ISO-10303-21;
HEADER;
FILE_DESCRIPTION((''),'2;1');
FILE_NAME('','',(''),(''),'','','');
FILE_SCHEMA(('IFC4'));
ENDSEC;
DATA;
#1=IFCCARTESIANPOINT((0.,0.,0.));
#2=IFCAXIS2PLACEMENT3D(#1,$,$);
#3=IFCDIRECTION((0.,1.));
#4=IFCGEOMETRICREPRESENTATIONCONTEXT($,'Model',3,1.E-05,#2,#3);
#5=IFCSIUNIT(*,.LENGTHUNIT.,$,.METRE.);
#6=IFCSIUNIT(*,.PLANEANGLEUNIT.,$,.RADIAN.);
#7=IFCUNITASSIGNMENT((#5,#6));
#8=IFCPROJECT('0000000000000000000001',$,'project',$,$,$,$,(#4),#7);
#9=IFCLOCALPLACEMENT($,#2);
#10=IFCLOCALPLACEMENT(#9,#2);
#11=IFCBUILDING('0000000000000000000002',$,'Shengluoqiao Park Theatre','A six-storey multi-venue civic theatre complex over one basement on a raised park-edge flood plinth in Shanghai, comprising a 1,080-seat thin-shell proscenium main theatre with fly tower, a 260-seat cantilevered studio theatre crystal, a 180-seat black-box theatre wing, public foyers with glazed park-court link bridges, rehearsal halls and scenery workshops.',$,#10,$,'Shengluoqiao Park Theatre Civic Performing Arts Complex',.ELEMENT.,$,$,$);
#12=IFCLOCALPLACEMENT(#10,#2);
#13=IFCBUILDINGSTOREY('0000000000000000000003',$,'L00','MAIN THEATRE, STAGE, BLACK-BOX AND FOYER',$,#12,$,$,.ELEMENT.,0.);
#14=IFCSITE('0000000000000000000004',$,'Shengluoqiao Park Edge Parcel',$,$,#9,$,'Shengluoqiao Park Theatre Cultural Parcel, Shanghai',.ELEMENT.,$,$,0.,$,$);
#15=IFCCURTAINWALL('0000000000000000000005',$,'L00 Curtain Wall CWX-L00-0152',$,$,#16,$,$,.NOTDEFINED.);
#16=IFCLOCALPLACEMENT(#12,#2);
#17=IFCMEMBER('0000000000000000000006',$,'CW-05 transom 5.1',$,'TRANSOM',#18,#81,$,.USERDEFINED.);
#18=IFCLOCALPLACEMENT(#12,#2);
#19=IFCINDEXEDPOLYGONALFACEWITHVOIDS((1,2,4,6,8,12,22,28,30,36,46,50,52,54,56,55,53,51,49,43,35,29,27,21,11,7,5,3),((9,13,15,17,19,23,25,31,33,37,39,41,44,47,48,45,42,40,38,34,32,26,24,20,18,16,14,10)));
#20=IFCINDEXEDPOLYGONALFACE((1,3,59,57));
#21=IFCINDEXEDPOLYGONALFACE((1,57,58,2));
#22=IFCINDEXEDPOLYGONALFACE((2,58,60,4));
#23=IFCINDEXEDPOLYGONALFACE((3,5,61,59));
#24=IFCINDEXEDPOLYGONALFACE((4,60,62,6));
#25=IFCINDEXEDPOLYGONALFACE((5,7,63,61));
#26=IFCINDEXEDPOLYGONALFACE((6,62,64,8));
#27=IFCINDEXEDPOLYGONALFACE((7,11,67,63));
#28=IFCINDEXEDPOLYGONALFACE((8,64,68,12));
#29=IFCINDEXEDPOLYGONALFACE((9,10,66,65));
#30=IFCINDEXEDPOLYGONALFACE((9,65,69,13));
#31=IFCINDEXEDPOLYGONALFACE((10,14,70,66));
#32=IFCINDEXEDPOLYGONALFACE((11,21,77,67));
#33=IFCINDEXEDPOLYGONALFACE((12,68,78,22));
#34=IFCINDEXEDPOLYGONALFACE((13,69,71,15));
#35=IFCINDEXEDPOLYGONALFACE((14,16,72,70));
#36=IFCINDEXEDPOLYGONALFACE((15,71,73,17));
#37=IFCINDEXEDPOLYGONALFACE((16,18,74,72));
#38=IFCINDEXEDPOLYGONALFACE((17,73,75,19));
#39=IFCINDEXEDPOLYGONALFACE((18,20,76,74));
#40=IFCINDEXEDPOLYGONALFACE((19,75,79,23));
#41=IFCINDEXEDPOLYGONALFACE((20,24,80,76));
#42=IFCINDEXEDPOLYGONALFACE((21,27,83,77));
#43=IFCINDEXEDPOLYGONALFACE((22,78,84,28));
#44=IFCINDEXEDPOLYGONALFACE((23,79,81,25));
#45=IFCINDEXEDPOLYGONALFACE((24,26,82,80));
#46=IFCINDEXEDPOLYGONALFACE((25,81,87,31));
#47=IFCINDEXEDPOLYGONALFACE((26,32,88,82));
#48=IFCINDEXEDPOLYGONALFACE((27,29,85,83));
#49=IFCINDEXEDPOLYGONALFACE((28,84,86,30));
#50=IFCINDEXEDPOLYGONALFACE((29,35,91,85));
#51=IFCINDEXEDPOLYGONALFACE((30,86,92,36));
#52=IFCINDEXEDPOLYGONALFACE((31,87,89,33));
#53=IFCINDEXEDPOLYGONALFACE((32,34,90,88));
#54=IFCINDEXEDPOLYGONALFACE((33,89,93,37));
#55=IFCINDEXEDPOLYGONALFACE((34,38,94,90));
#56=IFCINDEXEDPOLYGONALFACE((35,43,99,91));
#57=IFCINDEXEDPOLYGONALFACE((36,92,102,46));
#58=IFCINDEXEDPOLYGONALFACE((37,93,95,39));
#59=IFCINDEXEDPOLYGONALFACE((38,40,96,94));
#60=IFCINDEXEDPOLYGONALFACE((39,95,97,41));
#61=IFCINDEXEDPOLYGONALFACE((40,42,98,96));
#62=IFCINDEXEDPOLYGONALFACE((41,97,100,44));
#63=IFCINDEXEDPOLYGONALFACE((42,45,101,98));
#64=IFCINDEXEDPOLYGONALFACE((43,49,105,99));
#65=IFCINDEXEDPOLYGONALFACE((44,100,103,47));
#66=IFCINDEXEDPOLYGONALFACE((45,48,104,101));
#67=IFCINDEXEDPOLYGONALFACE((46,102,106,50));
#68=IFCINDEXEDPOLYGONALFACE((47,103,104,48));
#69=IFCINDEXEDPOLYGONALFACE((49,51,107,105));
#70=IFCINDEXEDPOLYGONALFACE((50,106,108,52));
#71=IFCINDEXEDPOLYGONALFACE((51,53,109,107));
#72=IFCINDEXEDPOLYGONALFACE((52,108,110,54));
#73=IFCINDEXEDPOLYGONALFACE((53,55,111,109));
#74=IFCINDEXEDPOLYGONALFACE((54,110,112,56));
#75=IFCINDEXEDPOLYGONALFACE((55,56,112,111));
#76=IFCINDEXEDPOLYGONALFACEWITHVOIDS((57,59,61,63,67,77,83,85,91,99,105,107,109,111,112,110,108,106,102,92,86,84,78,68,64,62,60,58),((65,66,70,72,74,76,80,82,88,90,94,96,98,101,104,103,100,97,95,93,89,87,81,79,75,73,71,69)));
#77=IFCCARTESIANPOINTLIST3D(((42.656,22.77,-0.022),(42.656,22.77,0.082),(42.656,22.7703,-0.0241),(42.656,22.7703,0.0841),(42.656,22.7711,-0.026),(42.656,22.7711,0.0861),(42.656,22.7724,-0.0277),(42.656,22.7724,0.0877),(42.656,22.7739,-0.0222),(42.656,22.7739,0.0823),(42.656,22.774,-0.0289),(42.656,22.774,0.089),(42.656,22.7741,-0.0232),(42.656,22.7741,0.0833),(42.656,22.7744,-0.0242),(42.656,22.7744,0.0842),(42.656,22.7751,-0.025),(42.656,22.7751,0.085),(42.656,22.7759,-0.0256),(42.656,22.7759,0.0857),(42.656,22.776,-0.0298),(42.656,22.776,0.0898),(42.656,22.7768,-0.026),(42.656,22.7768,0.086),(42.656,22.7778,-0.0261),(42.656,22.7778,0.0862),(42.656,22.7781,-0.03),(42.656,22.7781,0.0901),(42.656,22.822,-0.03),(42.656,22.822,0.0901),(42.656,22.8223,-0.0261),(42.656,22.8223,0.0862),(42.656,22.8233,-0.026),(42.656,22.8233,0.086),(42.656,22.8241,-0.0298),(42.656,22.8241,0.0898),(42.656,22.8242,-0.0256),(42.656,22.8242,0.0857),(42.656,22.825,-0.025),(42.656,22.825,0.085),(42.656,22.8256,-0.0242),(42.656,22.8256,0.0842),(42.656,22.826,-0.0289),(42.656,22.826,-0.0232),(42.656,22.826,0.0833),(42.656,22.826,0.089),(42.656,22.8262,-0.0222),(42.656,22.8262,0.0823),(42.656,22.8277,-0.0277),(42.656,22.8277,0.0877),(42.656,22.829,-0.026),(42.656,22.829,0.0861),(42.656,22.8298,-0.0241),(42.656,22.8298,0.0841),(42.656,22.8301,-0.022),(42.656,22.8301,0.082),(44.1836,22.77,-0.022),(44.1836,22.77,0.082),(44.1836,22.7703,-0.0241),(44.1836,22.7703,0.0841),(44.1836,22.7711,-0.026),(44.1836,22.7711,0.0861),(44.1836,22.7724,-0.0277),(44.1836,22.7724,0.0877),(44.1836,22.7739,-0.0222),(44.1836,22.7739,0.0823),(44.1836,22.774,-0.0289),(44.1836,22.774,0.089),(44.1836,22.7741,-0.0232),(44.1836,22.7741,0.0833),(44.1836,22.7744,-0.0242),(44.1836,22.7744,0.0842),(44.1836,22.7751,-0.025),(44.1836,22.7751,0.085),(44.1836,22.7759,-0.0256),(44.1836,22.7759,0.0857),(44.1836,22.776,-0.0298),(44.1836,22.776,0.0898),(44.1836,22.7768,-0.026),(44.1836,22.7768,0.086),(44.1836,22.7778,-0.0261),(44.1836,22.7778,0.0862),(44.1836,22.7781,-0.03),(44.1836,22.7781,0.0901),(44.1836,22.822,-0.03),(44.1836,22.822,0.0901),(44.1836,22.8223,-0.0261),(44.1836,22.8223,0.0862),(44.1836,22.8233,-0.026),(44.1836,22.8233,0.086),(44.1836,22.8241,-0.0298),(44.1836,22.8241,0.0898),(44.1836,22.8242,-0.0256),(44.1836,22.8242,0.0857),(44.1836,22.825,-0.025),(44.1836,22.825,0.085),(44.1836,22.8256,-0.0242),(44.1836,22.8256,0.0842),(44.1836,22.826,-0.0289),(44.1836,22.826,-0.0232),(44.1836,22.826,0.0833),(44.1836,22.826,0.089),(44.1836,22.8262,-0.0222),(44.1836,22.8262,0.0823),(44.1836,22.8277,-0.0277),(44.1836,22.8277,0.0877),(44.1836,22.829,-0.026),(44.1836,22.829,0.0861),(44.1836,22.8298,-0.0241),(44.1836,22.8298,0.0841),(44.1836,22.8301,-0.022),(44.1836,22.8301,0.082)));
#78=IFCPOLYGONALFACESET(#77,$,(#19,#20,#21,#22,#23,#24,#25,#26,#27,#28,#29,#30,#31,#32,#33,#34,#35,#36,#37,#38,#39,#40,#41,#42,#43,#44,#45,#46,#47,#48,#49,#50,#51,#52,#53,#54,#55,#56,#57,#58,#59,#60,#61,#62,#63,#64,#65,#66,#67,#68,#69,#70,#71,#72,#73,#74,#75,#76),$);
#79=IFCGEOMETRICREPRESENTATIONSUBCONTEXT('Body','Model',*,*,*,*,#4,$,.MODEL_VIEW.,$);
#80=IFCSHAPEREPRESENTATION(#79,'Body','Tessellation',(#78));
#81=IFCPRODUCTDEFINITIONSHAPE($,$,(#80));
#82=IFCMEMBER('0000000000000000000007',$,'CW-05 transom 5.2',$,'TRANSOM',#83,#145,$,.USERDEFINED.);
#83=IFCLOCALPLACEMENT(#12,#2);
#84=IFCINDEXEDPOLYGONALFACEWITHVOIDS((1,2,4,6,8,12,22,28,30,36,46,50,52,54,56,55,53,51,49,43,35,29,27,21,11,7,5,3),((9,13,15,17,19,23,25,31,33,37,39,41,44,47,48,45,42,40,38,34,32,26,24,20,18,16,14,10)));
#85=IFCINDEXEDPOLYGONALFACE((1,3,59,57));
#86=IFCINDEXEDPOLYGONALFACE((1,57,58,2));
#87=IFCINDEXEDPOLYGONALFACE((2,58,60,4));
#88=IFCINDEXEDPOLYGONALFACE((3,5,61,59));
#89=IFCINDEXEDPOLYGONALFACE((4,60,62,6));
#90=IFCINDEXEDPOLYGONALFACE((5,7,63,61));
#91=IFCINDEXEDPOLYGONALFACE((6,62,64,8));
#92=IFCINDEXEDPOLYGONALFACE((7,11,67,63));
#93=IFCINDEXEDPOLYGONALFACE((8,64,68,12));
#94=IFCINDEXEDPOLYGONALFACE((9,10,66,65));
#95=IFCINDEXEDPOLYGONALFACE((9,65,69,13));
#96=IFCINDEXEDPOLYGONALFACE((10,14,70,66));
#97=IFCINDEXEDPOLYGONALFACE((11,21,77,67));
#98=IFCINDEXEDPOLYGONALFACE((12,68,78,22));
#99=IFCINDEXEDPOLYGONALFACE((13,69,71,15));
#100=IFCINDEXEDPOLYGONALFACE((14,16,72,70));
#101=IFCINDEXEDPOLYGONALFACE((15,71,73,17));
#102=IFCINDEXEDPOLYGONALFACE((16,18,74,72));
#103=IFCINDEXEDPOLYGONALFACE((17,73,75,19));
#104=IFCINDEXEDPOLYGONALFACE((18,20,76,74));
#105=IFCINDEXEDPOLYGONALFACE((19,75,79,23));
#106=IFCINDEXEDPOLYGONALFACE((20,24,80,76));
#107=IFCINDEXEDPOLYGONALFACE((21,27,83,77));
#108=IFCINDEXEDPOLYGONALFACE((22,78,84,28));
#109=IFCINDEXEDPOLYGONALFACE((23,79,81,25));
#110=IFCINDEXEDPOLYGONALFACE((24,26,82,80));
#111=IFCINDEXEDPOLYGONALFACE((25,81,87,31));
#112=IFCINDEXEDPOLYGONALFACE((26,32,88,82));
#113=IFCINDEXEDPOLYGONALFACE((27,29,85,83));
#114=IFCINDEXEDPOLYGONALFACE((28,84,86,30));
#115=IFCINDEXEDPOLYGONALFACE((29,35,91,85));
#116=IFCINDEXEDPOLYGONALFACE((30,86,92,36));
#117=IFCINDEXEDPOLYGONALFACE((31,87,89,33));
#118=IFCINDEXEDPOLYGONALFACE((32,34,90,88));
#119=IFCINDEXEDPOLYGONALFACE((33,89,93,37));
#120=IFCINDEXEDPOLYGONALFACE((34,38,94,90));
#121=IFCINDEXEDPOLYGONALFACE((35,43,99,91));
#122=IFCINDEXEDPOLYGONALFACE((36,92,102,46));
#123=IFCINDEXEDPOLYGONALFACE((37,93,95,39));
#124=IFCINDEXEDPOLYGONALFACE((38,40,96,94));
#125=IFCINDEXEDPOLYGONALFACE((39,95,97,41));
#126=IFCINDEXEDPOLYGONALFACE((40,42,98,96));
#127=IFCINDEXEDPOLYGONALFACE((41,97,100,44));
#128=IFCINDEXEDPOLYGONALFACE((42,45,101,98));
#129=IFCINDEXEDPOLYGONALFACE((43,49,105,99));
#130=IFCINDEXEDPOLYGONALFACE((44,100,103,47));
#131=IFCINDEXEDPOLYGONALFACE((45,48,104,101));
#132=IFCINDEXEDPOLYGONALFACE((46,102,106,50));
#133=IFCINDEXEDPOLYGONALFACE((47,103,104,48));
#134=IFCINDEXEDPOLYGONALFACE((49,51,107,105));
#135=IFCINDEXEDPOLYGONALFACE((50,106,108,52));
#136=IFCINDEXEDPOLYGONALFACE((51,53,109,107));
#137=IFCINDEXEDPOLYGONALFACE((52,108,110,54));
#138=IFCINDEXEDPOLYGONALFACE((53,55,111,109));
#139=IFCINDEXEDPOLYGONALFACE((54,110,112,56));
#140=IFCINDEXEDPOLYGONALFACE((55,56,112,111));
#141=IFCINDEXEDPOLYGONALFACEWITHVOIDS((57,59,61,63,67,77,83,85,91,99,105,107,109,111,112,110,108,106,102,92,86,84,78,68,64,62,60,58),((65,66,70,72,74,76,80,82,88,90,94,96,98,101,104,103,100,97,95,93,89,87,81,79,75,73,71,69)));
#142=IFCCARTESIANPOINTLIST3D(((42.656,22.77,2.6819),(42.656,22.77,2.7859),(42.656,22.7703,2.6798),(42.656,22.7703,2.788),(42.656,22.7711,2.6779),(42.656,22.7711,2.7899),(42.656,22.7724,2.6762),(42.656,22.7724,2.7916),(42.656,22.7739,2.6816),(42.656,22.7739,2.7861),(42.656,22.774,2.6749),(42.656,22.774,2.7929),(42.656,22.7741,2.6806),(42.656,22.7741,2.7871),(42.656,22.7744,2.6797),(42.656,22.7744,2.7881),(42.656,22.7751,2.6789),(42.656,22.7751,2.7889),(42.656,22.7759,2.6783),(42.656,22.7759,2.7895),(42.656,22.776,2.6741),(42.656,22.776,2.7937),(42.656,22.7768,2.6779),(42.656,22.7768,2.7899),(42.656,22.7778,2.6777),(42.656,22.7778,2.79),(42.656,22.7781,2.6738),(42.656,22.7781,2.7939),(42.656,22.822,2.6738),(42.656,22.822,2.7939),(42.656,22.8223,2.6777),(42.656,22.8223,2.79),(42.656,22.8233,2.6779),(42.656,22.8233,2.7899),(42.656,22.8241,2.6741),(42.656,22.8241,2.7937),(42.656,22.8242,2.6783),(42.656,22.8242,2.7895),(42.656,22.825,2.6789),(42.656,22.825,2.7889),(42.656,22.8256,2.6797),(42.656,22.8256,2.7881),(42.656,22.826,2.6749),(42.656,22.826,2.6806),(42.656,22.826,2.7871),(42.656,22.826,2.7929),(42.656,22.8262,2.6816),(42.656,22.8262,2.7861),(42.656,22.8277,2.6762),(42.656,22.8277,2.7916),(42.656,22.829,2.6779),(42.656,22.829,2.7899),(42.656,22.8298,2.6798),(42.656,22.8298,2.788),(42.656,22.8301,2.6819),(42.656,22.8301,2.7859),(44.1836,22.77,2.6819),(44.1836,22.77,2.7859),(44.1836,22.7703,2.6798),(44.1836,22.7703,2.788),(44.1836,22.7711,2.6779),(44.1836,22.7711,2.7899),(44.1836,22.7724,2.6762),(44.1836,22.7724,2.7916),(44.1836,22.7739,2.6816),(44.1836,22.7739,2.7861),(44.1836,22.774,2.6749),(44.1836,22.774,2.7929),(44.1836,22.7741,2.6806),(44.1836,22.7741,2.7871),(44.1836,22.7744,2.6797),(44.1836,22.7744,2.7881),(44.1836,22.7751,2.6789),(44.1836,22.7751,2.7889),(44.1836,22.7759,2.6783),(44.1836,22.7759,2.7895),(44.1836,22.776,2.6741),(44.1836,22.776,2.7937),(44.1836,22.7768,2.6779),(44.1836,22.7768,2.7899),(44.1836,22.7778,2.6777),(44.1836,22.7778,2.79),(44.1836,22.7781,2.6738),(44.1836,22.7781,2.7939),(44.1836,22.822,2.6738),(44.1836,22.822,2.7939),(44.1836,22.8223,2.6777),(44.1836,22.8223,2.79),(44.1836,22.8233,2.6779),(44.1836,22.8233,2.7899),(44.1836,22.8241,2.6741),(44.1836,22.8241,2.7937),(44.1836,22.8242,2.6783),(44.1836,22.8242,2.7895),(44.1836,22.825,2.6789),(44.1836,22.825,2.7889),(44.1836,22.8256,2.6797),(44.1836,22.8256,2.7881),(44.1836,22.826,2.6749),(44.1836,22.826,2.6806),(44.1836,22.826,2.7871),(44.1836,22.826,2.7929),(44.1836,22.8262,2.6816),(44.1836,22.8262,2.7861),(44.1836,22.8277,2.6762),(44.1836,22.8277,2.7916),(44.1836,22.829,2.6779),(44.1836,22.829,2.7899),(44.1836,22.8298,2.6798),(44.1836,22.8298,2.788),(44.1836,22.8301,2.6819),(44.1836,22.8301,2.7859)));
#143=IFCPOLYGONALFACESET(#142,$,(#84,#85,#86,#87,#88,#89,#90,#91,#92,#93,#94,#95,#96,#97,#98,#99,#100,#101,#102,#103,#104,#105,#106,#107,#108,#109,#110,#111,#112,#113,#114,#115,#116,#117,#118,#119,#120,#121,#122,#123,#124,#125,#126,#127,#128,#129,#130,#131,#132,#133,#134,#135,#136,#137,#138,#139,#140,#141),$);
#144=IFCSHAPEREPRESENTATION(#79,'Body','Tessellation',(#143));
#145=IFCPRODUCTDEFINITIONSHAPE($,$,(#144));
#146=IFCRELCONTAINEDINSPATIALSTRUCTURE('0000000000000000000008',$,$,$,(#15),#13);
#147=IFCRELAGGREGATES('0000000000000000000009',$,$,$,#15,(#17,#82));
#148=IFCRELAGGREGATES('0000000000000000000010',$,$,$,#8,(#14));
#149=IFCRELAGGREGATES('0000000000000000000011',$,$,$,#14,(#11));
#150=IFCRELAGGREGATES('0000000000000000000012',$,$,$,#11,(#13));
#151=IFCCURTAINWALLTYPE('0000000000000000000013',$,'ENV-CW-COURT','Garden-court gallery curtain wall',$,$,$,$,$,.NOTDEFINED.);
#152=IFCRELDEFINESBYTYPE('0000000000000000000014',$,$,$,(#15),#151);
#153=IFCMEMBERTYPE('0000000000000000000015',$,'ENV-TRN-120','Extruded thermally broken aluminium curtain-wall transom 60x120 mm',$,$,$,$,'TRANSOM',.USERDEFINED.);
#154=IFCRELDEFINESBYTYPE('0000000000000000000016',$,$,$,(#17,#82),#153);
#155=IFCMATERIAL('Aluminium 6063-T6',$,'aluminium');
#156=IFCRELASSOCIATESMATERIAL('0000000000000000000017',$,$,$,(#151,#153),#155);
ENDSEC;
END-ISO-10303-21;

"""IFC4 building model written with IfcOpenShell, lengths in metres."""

from ifc_helpers import new_model, si_unit, direction, frame, origin, origin_2d, place, context, subcontext, project, spatial, hollow_rectangle, extrude, material, material_profile, profile_set, type_object, element, aggregate, save


model = new_model("IFC4")

# Units and contexts
model_context = context("Model", 3, precision=1e-05, world=origin(), true_north=direction((0.0, 1.0)))
body_context = subcontext(model_context, "Body", "Model", "MODEL_VIEW")
ifc_project = project(units=[si_unit("LENGTHUNIT", "METRE"), si_unit("PLANEANGLEUNIT", "RADIAN")], contexts=[model_context])

# Site, building, storey
site_placement = place(None, origin())
site = spatial("IfcSite", under=ifc_project, at=site_placement, Name="Shengluoqiao Park Edge Parcel", LongName="Shengluoqiao Park Theatre Cultural Parcel, Shanghai", CompositionType="ELEMENT", RefElevation=0.0)
building_placement = place(site_placement, origin())
building = spatial("IfcBuilding", under=site, at=building_placement, Name="Shengluoqiao Park Theatre", Description="A six-storey multi-venue civic theatre complex over one basement on a raised park-edge flood plinth in Shanghai, comprising a 1,080-seat thin-shell proscenium main theatre with fly tower, a 260-seat cantilevered studio theatre crystal, a 180-seat black-box theatre wing, public foyers with glazed park-court link bridges, rehearsal halls and scenery workshops.", LongName="Shengluoqiao Park Theatre Civic Performing Arts Complex", CompositionType="ELEMENT")
storey_placement = place(building_placement, origin())
storey = spatial("IfcBuildingStorey", under=building, at=storey_placement, Name="L00", Description="MAIN THEATRE, STAGE, BLACK-BOX AND FOYER", CompositionType="ELEMENT", Elevation=0.0)

# Curtain wall
ifc_material_1 = material(Name="Aluminium 6063-T6", Category="aluminium")
curtain_wall_type = type_object("IfcCurtainWallType", Name="ENV-CW-COURT", Description="Garden-court gallery curtain wall", PredefinedType="NOTDEFINED", material=ifc_material_1)
curtain_wall_1_placement = place(storey_placement, origin())
curtain_wall_1 = element("IfcCurtainWall", 1, at=curtain_wall_1_placement, inside=storey, type_object=curtain_wall_type, Name="L00 Curtain Wall CWX-L00-0152", PredefinedType="NOTDEFINED")

# Members
ifc_material_profile_1 = material_profile(ifc_material_1, hollow_rectangle(XDim=0.0601, YDim=0.1201, WallThickness=0.0039, InnerFilletRadius=0.0039, OuterFilletRadius=0.0081, at=origin_2d()), Name="ALU TRANSOM 120x60x4")
ifc_profile_set_1 = profile_set([ifc_material_profile_1], Name="Aluminium 6063-T6")
member_type_1 = type_object("IfcMemberType", Name="ENV-TRN-120", Description="Extruded thermally broken aluminium curtain-wall transom 60x120 mm", ElementType="TRANSOM", PredefinedType="USERDEFINED", material=ifc_profile_set_1)
member_1_placement = place(storey_placement, frame((42.656, 22.8, 0.03), z_axis=(1.0, 0.0, 0.0), x_axis=(0.0, 1.0, 0.0)))
member_1 = element("IfcMember", 2, at=member_1_placement, type_object=member_type_1, Name="CW-05 transom 5.1", ObjectType="TRANSOM", PredefinedType="USERDEFINED", context=body_context, shape_type="SweptSolid", body=[
    extrude(hollow_rectangle(XDim=0.0601, YDim=0.1201, WallThickness=0.0039, InnerFilletRadius=0.0039, OuterFilletRadius=0.0081, at=origin_2d()), origin(), (0.0, 0.0, 1.0), 1.5276),
])
member_2_placement = place(storey_placement, frame((42.656, 22.8, 2.7339), z_axis=(1.0, 0.0, 0.0), x_axis=(0.0, 1.0, 0.0)))
member_2 = element("IfcMember", 3, at=member_2_placement, type_object=member_type_1, Name="CW-05 transom 5.2", ObjectType="TRANSOM", PredefinedType="USERDEFINED", context=body_context, shape_type="SweptSolid", body=[
    extrude(hollow_rectangle(XDim=0.0601, YDim=0.1201, WallThickness=0.0039, InnerFilletRadius=0.0039, OuterFilletRadius=0.0081, at=origin_2d()), origin(), (0.0, 0.0, 1.0), 1.5276),
])

aggregate(curtain_wall_1, [member_1, member_2])

save(model, "model.ifc")
